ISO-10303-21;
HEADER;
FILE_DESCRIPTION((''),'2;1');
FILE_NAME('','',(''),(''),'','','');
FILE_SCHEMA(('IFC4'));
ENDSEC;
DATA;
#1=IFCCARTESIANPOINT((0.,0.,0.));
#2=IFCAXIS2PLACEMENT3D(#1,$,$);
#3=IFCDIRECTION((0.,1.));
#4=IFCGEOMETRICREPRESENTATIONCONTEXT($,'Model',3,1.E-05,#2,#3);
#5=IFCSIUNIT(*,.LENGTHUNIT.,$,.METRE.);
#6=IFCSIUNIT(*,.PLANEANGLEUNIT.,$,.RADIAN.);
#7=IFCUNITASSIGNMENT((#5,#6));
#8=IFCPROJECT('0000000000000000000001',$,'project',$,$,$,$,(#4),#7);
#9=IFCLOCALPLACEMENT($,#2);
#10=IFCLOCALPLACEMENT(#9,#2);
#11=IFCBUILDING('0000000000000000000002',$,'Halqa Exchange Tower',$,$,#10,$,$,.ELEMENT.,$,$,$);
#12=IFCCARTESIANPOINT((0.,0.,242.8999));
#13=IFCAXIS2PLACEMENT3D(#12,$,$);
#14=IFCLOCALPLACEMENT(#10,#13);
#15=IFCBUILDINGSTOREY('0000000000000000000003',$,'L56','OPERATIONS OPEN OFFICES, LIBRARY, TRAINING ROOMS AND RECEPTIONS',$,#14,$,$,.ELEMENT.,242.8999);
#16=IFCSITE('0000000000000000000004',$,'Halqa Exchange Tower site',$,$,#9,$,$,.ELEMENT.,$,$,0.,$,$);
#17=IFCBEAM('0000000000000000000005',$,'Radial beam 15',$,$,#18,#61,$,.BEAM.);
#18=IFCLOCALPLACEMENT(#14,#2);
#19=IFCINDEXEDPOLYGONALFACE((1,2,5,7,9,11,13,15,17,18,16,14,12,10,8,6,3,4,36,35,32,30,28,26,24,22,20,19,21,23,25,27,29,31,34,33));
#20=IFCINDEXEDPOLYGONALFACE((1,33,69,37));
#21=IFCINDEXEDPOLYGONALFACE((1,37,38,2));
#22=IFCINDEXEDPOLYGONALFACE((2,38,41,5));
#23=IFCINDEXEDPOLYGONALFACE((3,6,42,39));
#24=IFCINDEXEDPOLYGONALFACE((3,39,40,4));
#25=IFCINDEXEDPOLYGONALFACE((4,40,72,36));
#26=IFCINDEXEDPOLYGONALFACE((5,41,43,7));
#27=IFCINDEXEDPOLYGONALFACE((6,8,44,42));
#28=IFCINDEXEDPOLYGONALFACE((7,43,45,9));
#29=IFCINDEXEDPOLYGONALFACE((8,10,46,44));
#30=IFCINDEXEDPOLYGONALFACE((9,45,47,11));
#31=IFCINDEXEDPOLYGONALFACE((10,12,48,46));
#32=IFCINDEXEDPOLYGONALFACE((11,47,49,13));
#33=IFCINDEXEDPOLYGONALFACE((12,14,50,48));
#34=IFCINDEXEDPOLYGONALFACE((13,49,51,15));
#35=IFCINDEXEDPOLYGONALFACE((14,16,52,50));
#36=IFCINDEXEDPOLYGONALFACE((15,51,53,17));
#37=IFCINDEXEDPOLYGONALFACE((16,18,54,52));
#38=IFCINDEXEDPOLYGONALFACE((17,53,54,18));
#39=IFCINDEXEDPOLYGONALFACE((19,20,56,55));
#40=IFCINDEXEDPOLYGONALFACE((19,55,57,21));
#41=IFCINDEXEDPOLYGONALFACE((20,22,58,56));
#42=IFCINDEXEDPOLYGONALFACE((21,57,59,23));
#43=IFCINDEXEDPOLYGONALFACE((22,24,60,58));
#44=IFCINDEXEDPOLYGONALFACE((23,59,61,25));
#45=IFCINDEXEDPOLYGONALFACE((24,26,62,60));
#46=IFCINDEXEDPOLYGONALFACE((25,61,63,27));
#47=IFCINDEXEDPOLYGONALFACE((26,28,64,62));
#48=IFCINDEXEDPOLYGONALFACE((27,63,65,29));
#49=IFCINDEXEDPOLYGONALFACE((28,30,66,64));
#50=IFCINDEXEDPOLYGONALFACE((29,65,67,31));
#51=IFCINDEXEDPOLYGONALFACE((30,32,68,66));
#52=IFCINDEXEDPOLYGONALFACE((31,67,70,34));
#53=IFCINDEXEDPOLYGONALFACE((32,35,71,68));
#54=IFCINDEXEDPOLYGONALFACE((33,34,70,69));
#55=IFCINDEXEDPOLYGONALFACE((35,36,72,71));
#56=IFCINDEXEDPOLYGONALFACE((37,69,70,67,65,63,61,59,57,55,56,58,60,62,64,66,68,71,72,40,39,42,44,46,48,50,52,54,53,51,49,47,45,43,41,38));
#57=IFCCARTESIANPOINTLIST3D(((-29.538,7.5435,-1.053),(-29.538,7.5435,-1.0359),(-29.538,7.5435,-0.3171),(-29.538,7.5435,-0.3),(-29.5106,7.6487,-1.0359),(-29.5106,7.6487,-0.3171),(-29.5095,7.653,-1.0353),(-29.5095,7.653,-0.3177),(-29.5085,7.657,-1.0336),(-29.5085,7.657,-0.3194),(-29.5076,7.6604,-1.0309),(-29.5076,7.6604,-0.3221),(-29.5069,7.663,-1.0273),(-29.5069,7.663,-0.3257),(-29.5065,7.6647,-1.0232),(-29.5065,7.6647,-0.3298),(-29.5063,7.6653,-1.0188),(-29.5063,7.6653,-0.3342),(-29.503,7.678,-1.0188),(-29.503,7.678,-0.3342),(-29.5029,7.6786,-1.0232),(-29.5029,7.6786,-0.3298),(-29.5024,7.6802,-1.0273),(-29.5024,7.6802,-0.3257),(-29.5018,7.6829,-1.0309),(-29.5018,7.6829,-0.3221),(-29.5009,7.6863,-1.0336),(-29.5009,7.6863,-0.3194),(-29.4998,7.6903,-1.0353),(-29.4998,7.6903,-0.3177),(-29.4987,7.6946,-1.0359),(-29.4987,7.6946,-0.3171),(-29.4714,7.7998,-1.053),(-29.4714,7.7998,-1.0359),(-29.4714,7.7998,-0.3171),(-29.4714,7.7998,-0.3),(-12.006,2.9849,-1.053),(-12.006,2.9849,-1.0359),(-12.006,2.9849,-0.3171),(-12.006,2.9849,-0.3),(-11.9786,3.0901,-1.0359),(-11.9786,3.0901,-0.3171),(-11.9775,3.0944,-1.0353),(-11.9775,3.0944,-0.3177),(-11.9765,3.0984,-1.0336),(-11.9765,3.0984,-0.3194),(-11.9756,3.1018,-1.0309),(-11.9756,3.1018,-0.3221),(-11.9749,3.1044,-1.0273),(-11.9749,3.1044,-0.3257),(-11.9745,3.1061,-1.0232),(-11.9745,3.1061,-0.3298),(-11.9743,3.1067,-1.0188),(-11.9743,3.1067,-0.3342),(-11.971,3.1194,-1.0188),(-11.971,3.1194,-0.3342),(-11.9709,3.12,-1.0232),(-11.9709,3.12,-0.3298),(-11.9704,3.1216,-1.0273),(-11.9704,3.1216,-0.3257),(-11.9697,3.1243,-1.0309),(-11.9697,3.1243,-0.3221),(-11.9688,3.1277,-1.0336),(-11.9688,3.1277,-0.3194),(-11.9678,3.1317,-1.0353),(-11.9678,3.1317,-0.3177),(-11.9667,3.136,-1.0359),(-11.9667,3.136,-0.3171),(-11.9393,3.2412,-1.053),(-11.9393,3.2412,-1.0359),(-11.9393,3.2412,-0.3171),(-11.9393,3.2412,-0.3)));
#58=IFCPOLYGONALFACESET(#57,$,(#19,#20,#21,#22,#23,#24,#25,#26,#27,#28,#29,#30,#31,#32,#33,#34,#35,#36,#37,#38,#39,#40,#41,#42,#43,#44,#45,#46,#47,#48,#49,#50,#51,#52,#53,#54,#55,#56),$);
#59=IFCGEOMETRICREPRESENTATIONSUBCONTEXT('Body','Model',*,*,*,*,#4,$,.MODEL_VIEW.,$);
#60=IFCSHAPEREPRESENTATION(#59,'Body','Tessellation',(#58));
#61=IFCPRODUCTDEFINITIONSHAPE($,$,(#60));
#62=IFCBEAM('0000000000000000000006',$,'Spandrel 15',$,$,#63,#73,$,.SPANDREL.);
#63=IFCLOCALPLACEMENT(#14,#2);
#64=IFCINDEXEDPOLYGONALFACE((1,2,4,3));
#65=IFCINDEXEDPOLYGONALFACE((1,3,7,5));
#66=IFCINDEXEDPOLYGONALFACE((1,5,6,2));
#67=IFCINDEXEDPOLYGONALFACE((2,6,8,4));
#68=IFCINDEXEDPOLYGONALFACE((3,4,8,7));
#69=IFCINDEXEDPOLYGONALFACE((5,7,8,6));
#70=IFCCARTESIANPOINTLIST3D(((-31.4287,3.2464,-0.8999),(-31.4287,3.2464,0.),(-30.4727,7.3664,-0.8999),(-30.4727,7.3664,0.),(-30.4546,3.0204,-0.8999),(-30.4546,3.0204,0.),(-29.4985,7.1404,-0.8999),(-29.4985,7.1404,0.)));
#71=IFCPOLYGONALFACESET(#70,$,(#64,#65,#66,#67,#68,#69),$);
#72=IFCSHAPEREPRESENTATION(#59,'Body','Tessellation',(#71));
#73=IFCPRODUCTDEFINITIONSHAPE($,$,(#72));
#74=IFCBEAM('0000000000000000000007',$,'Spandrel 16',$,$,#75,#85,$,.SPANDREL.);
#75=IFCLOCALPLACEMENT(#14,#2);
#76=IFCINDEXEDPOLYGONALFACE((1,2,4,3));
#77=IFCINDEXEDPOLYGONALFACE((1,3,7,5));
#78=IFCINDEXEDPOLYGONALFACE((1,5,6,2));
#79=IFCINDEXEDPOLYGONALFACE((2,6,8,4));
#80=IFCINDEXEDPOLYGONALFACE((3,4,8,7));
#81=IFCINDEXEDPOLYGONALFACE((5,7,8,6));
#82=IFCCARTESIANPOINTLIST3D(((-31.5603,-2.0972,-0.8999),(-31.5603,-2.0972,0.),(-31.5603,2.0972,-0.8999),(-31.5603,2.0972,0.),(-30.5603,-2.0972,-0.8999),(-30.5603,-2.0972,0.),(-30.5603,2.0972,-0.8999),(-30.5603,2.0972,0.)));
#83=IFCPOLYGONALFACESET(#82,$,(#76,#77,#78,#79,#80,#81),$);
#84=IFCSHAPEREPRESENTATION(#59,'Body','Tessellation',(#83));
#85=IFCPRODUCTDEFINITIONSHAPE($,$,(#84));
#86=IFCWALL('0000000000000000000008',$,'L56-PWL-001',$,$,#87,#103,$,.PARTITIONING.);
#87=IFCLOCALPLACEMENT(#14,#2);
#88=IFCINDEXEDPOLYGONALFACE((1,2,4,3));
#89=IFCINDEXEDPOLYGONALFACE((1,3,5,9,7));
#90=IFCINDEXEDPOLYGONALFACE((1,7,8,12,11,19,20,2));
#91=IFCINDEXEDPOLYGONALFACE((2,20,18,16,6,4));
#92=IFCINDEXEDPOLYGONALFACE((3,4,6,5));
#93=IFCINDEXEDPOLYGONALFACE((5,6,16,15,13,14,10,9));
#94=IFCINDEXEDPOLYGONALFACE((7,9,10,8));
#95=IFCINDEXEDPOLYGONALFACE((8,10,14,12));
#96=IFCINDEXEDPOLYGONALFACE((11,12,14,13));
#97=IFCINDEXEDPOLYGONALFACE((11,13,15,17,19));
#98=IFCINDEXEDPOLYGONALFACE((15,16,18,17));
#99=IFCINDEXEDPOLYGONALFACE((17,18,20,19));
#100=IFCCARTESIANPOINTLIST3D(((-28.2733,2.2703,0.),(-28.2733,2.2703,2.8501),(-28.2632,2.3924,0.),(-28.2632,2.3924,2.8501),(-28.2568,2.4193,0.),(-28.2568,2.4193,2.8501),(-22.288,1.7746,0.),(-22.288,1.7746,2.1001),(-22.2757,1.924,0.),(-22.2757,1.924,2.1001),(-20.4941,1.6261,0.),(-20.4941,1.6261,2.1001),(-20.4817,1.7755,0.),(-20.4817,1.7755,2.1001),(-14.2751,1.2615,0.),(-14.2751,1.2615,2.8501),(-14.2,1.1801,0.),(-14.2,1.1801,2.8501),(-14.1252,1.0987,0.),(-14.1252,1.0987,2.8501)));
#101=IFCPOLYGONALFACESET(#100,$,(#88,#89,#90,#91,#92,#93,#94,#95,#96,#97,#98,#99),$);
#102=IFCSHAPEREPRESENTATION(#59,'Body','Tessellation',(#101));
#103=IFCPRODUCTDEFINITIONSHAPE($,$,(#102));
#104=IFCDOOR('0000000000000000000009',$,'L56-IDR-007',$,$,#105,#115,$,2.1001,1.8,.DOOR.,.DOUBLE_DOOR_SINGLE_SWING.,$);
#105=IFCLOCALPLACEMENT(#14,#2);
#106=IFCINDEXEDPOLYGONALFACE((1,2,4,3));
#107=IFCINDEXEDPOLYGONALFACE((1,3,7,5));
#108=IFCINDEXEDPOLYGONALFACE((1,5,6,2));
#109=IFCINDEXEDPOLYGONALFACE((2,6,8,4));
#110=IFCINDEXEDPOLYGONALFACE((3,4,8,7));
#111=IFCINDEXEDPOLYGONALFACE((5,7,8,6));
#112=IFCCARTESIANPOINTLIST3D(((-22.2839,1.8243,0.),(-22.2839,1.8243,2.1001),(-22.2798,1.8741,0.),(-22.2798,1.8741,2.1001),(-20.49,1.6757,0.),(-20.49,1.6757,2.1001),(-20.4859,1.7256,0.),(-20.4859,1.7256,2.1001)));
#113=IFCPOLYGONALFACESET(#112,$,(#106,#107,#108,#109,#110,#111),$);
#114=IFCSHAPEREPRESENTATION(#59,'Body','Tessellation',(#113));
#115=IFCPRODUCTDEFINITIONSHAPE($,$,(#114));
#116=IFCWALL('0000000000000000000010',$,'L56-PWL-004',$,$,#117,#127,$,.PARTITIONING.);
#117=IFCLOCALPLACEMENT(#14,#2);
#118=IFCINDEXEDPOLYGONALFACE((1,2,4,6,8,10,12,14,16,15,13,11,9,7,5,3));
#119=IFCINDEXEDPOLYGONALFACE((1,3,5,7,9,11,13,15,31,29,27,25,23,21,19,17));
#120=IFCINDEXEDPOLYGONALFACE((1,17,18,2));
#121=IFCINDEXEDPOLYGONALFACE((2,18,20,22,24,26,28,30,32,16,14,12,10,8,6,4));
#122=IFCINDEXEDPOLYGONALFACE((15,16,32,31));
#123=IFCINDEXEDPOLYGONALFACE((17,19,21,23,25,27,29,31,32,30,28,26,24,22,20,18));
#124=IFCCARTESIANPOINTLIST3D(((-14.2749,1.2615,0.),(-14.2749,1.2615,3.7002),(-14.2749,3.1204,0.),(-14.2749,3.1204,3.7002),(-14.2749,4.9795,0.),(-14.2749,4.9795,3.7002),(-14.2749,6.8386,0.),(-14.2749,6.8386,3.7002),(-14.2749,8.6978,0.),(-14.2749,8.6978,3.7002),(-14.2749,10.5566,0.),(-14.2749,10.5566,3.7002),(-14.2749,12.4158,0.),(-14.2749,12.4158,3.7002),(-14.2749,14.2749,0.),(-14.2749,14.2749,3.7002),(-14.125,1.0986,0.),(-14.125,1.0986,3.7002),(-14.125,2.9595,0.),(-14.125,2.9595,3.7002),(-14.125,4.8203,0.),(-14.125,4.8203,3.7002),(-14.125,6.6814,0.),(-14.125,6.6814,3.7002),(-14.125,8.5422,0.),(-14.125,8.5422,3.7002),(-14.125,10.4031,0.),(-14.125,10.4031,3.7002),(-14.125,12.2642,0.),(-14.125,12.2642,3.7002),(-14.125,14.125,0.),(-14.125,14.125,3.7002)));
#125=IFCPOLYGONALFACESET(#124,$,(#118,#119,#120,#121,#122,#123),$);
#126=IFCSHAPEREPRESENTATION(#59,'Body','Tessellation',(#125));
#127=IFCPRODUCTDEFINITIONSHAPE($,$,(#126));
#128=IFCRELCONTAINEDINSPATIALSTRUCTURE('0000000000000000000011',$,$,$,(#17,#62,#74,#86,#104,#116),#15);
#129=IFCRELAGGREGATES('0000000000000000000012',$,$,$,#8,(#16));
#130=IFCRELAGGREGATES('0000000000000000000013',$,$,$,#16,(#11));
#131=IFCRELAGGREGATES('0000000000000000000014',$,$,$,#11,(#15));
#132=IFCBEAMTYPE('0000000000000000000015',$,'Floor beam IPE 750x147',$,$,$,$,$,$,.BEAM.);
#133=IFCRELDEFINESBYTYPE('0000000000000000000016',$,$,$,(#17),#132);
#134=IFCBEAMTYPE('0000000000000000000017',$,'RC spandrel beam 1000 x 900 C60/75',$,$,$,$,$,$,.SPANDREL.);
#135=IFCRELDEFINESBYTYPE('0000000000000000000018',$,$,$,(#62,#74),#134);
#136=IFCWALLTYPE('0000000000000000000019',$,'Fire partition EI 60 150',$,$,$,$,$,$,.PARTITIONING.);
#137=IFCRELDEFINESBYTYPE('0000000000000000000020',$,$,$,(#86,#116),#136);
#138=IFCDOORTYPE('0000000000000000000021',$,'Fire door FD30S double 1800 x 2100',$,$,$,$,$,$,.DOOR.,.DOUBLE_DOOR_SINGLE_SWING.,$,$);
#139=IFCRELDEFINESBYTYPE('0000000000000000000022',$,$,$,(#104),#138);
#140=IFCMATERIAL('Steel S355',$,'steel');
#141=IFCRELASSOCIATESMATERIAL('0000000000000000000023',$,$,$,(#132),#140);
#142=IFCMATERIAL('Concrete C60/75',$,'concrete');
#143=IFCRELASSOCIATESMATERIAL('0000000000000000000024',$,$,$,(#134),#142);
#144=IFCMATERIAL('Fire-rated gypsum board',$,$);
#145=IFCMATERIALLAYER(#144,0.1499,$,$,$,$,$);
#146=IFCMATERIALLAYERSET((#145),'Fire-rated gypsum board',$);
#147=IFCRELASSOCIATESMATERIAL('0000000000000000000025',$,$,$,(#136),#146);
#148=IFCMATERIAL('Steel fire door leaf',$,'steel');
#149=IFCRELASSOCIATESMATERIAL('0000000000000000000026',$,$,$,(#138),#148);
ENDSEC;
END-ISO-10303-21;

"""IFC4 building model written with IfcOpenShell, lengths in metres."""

from ifc_helpers import new_model, si_unit, direction, frame, frame_2d, origin, origin_2d, place, context, subcontext, project, spatial, polyline, rectangle, i_section, outline, extrude, material, layer, layer_set, material_profile, profile_set, type_object, element, fill, save


model = new_model("IFC4")

# Units and contexts
model_context = context("Model", 3, precision=1e-05, world=origin(), true_north=direction((0.0, 1.0)))
body_context = subcontext(model_context, "Body", "Model", "MODEL_VIEW")
ifc_project = project(units=[si_unit("LENGTHUNIT", "METRE"), si_unit("PLANEANGLEUNIT", "RADIAN")], contexts=[model_context])

# Site, building, storey
site_placement = place(None, origin())
site = spatial("IfcSite", under=ifc_project, at=site_placement, Name="Halqa Exchange Tower site", CompositionType="ELEMENT", RefElevation=0.0)
building_placement = place(site_placement, origin())
building = spatial("IfcBuilding", under=site, at=building_placement, Name="Halqa Exchange Tower", CompositionType="ELEMENT")
storey_placement = place(building_placement, frame((0.0, 0.0, 242.8999)))
storey = spatial("IfcBuildingStorey", under=building, at=storey_placement, Name="L56", Description="OPERATIONS OPEN OFFICES, LIBRARY, TRAINING ROOMS AND RECEPTIONS", CompositionType="ELEMENT", Elevation=242.8999)

# Shared definitions
ifc_material_1 = material(Name="Concrete C60/75", Category="concrete")

# Beams
ifc_material_2 = material(Name="Steel S355", Category="steel")
ifc_material_profile_1 = material_profile(ifc_material_2, i_section(OverallWidth=0.2649, OverallDepth=0.7529, WebThickness=0.0132, FlangeThickness=0.0171, FilletRadius=0.0171, at=origin_2d()), Name="IPE 750x147")
ifc_profile_set_1 = profile_set([ifc_material_profile_1], Name="Steel S355")
beam_type_1 = type_object("IfcBeamType", Name="Floor beam IPE 750x147", PredefinedType="BEAM", material=ifc_profile_set_1)
beam_1_placement = place(storey_placement, frame((-11.9727, 3.113, -0.6765), z_axis=(-0.967819, 0.251648, 0.0), x_axis=(-0.251648, -0.967819, 0.0)))
element("IfcBeam", 1, at=beam_1_placement, inside=storey, type_object=beam_type_1, Name="Radial beam 15", PredefinedType="BEAM", context=body_context, shape_type="SweptSolid", body=[
    extrude(i_section(OverallWidth=0.2649, OverallDepth=0.7529, WebThickness=0.0132, FlangeThickness=0.0171, FilletRadius=0.0171, at=origin_2d()), origin(), (0.0, 0.0, 1.0), 18.115),
])
ifc_material_profile_2 = material_profile(ifc_material_1, rectangle(XDim=1.0, YDim=0.8999, at=origin_2d()), Name="1000 x 900")
ifc_profile_set_2 = profile_set([ifc_material_profile_2], Name="Concrete C60/75")
beam_type_2 = type_object("IfcBeamType", Name="RC spandrel beam 1000 x 900 C60/75", PredefinedType="SPANDREL", material=ifc_profile_set_2)
beam_2_placement = place(storey_placement, frame((-29.9856, 7.2534, -0.45), z_axis=(-0.22604, -0.974118, 0.0), x_axis=(0.974118, -0.22604, 0.0)))
element("IfcBeam", 2, at=beam_2_placement, inside=storey, type_object=beam_type_2, Name="Spandrel 15", PredefinedType="SPANDREL", context=body_context, shape_type="SweptSolid", body=[
    extrude(rectangle(XDim=1.0, YDim=0.8999, at=origin_2d()), origin(), (0.0, 0.0, 1.0), 4.2295),
])
beam_3_placement = place(storey_placement, frame((-31.0603, 2.0972, -0.45), z_axis=(0.0, -1.0, 0.0), x_axis=(1.0, 0.0, 0.0)))
element("IfcBeam", 3, at=beam_3_placement, inside=storey, type_object=beam_type_2, Name="Spandrel 16", PredefinedType="SPANDREL", context=body_context, shape_type="SweptSolid", body=[
    extrude(rectangle(XDim=1.0, YDim=0.8999, at=origin_2d()), origin(), (0.0, 0.0, 1.0), 4.1943),
])

# Wall, opening, door
ifc_material_3 = material(Name="Fire-rated gypsum board")
ifc_layer_1 = layer(ifc_material_3, 0.1499)
ifc_layer_set_1 = layer_set([ifc_layer_1], Name="Fire-rated gypsum board")
wall_type_1 = type_object("IfcWallType", Name="Fire partition EI 60 150", PredefinedType="PARTITIONING", material=ifc_layer_set_1)
wall_1_placement = place(storey_placement, frame((-28.2671, 2.345, 0.0), z_axis=(0.0, 0.0, 1.0), x_axis=(0.996589, -0.082529, 0.0)))
wall_1 = element("IfcWall", 4, at=wall_1_placement, inside=storey, type_object=wall_type_1, Name="L56-PWL-001", PredefinedType="PARTITIONING", context=body_context, shape_type="SweptSolid", body=[
    extrude(outline(polyline([(14.1965, -0.075), (14.1965, -0.075), (14.1152, 0.0), (14.0337, 0.075), (12.28, 0.075), (10.5264, 0.075), (8.7727, 0.075), (7.019, 0.075), (5.2651, 0.075), (3.5115, 0.075), (1.7578, 0.075), (0.0042, 0.075), (0.0, 0.0476), (0.0, -0.075), (1.7747, -0.075), (3.5491, -0.075), (5.3237, -0.075), (7.0981, -0.075), (8.8728, -0.075), (10.6475, -0.075), (12.4219, -0.075), (14.1965, -0.075)])), origin(), (0.0, 0.0, 1.0), 2.8501),
])
opening_1_placement = place(wall_1_placement, frame((6.0059, 0.0, 0.0)))
opening_1 = element("IfcOpeningElement", 5, at=opening_1_placement, cuts=wall_1, PredefinedType="OPENING", context=body_context, shape_type="SweptSolid", body=[
    extrude(rectangle(XDim=1.8, YDim=2.1001, at=frame_2d((0.8999, 1.05))), frame((0.0, 0.0869, 0.0), z_axis=(0.0, -1.0, 0.0), x_axis=(1.0, 0.0, 0.0)), (0.0, 0.0, 1.0), 0.1738),
])
ifc_material_4 = material(Name="Steel fire door leaf", Category="steel")
door_type_1 = type_object("IfcDoorType", Name="Fire door FD30S double 1800 x 2100", OperationType="DOUBLE_DOOR_SINGLE_SWING", PredefinedType="DOOR", material=ifc_material_4)
door_1_placement = place(opening_1_placement, origin())
door_1 = element("IfcDoor", 6, at=door_1_placement, inside=storey, type_object=door_type_1, Name="L56-IDR-007", OperationType="DOUBLE_DOOR_SINGLE_SWING", OverallHeight=2.1001, OverallWidth=1.8, PredefinedType="DOOR", context=body_context, shape_type="SweptSolid", body=[
    extrude(rectangle(XDim=1.8, YDim=2.1001, at=frame_2d((0.8999, 1.05))), frame((0.0, 0.0249, 0.0), z_axis=(0.0, -1.0, 0.0), x_axis=(1.0, 0.0, 0.0)), (0.0, 0.0, 1.0), 0.05),
])
fill(opening_1, door_1)

# Wall
wall_2_placement = place(storey_placement, frame((-14.2, 1.0984, 0.0), z_axis=(0.0, 0.0, 1.0), x_axis=(0.0, 1.0, 0.0)))
element("IfcWall", 7, at=wall_2_placement, inside=storey, type_object=wall_type_1, Name="L56-PWL-004", PredefinedType="PARTITIONING", context=body_context, shape_type="SweptSolid", body=[
    extrude(outline(polyline([(0.0002, -0.075), (1.8611, -0.075), (3.7219, -0.075), (5.583, -0.075), (7.4438, -0.075), (9.3047, -0.075), (11.1658, -0.075), (13.0266, -0.075), (13.1765, 0.075), (11.3174, 0.075), (9.4583, 0.075), (7.5994, 0.075), (5.7402, 0.075), (3.8811, 0.075), (2.022, 0.075), (0.1631, 0.075), (0.0002, -0.075)])), origin(), (0.0, 0.0, 1.0), 3.7002),
])

save(model, "model.ifc")
